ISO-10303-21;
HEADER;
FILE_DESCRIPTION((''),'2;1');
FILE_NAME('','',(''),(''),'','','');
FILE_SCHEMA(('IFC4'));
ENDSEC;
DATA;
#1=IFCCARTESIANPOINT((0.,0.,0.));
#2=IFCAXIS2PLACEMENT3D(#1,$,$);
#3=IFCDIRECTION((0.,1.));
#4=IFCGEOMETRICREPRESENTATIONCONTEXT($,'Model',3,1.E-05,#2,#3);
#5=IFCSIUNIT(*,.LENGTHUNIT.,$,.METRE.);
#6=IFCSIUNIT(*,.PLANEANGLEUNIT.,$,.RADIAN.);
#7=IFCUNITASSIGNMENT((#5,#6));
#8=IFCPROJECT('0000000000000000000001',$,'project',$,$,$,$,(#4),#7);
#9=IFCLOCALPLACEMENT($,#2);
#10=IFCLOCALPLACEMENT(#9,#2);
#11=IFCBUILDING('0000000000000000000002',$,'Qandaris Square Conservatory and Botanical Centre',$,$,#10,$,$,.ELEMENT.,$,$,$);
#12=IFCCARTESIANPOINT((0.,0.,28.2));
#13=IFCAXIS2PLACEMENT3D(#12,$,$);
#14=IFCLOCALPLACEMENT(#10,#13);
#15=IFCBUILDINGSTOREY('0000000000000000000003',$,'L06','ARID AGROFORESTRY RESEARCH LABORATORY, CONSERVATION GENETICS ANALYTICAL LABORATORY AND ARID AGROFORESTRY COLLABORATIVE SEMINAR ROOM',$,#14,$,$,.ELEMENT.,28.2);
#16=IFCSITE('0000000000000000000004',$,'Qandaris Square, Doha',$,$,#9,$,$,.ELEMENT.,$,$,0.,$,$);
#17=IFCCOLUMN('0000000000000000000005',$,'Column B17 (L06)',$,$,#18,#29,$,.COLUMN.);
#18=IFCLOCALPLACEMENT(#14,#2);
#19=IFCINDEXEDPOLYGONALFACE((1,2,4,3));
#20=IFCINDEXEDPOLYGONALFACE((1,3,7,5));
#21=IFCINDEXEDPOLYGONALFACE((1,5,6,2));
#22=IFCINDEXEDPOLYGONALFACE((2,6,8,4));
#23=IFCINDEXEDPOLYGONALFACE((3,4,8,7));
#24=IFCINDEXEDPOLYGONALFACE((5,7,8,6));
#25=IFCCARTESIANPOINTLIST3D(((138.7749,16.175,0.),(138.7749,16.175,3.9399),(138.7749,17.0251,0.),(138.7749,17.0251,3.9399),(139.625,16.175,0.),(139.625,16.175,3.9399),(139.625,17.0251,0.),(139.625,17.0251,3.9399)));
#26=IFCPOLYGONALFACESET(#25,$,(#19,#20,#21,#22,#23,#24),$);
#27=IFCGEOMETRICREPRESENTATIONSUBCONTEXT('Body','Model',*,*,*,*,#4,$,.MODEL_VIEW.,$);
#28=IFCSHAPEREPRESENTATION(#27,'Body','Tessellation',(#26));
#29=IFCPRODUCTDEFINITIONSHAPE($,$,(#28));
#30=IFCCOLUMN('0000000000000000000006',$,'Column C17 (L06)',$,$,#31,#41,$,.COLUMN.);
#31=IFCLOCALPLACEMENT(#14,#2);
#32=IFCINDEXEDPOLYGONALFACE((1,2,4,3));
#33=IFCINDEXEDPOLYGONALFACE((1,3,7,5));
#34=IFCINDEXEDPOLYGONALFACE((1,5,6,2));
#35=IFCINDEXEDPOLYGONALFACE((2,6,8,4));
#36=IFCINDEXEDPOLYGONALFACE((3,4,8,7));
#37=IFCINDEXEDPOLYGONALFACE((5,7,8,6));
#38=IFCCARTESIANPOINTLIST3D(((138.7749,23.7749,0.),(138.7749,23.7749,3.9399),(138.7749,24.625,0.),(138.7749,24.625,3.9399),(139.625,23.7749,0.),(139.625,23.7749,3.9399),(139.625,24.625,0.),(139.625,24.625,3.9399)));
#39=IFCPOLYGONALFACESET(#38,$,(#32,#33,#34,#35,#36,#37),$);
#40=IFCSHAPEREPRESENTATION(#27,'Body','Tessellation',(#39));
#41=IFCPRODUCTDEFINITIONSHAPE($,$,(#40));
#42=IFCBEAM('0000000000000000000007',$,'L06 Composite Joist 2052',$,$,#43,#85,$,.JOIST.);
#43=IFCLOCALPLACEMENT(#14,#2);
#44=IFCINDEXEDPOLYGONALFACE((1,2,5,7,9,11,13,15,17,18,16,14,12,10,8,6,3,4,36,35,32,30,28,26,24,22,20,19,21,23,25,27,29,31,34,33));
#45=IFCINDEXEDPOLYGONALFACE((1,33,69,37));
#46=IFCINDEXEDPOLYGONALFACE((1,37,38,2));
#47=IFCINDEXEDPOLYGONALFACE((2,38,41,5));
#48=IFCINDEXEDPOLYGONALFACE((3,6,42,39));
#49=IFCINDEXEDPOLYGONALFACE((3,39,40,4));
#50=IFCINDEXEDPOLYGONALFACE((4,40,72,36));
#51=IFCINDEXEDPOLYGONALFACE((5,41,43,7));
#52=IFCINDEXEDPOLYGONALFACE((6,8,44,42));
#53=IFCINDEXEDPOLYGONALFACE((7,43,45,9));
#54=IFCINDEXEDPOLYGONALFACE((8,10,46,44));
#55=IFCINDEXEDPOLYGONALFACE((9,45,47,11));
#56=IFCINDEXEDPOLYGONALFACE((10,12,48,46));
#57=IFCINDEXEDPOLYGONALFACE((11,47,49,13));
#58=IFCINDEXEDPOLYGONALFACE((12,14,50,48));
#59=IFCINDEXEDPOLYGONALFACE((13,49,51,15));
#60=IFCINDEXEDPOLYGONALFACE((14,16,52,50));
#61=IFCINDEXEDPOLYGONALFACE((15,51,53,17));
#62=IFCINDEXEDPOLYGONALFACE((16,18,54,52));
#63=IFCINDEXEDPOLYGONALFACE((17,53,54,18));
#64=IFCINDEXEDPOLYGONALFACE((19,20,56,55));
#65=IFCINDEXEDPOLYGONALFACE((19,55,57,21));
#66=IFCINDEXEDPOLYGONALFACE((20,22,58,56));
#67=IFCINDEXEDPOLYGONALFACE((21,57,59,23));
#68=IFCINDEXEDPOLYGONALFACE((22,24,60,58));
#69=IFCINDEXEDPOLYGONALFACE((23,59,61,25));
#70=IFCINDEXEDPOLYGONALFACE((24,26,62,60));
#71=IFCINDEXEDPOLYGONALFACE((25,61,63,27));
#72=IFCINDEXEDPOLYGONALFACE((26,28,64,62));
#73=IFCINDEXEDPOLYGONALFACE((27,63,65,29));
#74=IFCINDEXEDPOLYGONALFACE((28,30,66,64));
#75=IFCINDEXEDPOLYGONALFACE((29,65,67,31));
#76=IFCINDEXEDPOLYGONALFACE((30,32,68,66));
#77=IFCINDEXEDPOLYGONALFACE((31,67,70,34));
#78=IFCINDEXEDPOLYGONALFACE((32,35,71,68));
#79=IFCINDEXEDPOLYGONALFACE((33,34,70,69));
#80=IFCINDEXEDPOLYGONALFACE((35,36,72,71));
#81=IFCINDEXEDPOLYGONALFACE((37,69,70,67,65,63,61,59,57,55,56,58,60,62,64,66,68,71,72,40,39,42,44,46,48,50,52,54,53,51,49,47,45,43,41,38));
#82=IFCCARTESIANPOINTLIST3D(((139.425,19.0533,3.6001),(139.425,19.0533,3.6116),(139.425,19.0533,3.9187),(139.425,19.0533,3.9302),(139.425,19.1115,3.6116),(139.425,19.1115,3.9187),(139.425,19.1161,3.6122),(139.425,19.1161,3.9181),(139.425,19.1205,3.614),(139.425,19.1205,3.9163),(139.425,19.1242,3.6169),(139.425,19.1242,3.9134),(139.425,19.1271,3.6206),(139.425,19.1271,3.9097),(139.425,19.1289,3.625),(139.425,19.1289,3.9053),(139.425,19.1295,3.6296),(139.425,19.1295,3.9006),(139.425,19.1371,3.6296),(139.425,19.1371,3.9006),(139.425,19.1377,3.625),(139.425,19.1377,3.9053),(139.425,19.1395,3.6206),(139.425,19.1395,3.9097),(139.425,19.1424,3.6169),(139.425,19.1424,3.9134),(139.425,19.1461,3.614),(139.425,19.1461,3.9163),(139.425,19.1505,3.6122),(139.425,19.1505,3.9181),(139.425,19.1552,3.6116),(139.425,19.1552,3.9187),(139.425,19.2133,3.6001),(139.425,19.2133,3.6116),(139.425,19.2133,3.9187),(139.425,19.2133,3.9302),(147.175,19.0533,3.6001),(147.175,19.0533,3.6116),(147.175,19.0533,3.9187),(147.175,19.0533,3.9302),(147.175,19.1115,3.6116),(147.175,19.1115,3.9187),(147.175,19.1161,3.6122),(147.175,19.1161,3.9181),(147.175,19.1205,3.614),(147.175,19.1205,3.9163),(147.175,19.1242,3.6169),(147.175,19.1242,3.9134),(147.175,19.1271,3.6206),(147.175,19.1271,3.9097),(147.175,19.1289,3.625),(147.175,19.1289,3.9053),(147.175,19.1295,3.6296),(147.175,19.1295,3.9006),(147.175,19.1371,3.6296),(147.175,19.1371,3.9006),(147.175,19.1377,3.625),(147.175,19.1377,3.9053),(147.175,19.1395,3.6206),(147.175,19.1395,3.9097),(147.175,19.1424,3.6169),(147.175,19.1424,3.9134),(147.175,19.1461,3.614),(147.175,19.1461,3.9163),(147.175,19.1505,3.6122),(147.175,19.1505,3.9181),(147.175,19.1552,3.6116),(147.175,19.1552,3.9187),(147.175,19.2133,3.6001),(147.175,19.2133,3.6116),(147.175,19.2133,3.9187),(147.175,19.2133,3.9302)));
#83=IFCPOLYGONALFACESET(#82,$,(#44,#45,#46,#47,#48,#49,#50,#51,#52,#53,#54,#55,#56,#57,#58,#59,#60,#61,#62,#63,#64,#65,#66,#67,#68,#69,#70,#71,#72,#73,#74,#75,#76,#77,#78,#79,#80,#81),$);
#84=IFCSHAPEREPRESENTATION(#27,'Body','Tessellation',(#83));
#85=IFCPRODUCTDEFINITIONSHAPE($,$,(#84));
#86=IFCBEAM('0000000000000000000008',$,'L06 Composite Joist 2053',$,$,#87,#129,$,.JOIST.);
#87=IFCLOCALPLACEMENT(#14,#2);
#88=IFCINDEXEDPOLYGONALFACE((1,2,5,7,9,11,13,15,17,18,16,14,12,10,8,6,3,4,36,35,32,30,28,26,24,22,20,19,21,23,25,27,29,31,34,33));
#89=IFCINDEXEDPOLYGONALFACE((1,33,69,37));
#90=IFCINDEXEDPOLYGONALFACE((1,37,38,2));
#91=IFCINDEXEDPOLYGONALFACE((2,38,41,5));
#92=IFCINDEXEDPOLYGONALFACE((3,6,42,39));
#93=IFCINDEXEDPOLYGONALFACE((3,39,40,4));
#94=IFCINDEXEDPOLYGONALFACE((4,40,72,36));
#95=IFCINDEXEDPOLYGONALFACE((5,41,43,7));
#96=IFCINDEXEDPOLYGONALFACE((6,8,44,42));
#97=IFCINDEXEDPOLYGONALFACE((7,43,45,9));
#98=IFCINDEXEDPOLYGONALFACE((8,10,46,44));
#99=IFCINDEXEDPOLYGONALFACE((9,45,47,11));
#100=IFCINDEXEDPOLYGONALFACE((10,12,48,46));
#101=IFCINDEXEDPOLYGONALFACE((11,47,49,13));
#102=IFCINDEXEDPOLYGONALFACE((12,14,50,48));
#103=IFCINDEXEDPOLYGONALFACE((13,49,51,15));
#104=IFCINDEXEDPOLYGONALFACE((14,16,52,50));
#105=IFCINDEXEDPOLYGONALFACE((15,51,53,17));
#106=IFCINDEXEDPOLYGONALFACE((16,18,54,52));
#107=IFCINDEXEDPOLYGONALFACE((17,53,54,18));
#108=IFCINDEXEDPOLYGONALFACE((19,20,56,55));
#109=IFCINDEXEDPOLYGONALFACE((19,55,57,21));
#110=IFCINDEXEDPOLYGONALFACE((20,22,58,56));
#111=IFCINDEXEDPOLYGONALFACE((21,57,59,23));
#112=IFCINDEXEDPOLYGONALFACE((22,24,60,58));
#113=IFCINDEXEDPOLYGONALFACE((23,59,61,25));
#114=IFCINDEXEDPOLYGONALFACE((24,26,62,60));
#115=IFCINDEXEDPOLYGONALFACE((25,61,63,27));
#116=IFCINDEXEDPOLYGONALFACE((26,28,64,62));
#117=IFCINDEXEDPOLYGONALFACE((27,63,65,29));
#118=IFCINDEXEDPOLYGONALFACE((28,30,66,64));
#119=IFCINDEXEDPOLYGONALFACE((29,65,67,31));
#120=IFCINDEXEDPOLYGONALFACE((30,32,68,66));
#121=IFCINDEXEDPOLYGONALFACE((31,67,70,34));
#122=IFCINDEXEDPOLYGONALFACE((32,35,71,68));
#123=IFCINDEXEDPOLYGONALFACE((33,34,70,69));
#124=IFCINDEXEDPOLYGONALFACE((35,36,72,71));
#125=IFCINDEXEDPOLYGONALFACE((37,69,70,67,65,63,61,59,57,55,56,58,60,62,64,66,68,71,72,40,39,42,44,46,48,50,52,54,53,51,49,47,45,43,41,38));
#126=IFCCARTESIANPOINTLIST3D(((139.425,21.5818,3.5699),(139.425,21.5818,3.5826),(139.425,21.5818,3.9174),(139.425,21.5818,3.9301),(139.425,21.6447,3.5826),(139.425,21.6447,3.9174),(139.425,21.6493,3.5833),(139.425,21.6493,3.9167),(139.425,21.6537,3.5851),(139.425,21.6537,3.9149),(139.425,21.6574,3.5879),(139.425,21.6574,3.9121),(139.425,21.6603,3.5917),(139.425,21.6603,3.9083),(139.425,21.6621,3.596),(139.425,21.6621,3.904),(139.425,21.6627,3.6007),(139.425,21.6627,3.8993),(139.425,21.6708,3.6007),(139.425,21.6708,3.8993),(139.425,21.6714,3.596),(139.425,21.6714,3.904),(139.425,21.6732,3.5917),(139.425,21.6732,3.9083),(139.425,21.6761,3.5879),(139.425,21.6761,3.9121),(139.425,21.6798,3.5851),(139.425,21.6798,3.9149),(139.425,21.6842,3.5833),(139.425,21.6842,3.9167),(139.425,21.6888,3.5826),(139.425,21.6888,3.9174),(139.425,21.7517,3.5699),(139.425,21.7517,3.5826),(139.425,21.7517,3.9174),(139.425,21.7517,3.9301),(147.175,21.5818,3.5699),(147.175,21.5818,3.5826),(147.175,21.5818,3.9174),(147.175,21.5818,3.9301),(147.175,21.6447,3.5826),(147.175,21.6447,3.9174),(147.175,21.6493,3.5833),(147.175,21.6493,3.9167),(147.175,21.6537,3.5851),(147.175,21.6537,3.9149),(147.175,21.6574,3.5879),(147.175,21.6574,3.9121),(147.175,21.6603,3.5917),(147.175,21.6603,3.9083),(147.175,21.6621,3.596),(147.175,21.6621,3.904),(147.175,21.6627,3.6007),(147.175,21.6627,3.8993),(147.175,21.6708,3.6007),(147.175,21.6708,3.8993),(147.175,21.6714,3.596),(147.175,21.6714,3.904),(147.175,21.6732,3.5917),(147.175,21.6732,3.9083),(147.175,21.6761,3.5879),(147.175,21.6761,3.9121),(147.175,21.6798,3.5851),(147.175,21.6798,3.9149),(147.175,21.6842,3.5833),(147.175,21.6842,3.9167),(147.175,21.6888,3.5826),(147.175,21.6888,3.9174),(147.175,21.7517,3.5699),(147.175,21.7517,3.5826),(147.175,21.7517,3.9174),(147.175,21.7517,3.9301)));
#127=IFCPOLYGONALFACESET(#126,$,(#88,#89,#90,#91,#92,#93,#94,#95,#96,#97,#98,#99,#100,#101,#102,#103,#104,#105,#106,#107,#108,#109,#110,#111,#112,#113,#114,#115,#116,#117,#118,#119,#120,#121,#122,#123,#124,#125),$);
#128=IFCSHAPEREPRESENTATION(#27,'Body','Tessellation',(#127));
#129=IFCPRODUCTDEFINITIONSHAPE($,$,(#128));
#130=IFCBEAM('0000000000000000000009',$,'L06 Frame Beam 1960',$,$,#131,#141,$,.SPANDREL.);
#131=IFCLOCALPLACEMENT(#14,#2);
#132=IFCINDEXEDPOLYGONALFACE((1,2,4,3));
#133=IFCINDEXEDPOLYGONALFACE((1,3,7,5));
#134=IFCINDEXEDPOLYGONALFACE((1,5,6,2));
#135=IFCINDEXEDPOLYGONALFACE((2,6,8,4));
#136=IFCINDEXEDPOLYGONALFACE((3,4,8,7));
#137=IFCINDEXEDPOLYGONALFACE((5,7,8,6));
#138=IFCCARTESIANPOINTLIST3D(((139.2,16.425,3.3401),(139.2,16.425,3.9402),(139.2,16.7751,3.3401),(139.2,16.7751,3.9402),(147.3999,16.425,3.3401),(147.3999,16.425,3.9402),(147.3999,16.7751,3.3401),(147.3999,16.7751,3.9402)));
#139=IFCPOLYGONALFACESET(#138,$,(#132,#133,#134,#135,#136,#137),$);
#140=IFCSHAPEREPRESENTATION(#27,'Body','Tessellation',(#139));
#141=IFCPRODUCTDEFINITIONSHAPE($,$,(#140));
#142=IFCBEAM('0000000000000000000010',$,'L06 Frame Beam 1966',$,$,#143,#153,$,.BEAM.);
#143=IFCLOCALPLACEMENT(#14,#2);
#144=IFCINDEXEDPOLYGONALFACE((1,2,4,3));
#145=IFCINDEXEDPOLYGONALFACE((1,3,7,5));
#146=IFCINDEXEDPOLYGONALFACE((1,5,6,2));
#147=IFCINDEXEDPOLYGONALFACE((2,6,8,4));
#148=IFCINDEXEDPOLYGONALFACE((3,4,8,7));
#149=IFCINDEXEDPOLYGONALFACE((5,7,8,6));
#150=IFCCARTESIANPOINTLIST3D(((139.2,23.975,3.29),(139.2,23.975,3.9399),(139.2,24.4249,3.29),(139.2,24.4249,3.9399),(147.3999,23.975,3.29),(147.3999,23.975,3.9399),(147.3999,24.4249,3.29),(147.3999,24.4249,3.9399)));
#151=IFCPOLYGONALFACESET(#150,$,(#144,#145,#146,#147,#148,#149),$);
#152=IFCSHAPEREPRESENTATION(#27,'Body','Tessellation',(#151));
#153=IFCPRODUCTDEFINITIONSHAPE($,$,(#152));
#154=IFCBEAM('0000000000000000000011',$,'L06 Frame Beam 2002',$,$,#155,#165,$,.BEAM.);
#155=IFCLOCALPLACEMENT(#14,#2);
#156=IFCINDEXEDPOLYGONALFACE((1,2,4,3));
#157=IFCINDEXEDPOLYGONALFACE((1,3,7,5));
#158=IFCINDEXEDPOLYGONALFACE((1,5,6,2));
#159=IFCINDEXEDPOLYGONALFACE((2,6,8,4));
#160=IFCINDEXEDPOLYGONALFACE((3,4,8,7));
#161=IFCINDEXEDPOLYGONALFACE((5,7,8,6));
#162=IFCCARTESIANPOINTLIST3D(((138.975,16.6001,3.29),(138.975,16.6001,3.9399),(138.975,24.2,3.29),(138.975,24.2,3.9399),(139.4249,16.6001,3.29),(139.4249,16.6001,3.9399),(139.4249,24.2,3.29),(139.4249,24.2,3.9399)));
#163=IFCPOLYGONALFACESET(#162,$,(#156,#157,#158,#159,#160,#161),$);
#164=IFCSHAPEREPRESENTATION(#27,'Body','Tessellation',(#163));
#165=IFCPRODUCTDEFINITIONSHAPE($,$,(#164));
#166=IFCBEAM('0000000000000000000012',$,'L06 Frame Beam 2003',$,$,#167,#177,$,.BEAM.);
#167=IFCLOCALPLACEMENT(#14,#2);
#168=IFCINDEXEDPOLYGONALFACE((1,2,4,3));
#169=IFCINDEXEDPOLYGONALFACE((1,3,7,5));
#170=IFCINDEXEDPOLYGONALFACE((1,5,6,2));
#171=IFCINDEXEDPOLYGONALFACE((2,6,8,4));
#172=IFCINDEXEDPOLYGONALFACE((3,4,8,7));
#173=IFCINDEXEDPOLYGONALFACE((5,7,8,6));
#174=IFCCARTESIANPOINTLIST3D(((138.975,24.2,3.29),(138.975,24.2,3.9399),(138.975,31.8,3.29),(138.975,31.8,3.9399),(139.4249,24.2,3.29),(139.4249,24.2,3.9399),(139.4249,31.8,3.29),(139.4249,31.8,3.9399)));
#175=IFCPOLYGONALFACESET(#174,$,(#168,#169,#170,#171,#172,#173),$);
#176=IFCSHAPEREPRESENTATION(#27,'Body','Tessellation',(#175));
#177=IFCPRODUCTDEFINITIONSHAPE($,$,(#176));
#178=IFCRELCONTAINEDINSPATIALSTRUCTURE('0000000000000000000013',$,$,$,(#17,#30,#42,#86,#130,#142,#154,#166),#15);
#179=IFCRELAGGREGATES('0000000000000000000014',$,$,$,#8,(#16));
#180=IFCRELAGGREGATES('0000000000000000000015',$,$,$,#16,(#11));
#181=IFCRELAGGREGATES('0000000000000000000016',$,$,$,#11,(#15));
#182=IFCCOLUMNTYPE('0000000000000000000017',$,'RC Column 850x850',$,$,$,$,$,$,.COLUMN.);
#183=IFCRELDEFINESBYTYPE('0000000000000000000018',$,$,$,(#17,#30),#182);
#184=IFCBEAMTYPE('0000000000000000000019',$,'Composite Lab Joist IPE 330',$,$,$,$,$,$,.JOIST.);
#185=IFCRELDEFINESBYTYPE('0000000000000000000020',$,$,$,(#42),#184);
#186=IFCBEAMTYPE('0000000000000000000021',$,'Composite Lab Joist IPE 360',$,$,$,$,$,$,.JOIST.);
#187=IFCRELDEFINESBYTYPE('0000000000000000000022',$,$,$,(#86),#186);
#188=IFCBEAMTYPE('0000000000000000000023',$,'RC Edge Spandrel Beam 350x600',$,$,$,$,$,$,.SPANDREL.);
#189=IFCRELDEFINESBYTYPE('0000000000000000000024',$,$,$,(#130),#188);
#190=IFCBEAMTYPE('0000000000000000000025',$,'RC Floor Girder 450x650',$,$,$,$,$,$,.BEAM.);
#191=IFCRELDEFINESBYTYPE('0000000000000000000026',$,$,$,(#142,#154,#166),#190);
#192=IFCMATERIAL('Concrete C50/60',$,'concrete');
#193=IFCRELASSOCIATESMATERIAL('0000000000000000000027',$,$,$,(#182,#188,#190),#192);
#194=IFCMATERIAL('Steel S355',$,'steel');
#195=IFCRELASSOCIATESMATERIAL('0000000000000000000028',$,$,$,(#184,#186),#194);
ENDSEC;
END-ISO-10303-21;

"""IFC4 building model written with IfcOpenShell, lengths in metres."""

from ifc_helpers import new_model, si_unit, direction, frame, origin, origin_2d, place, context, subcontext, project, spatial, rectangle, i_section, extrude, material, material_profile, profile_set, type_object, element, save


model = new_model("IFC4")

# Units and contexts
model_context = context("Model", 3, precision=1e-05, world=origin(), true_north=direction((0.0, 1.0)))
body_context = subcontext(model_context, "Body", "Model", "MODEL_VIEW")
ifc_project = project(units=[si_unit("LENGTHUNIT", "METRE"), si_unit("PLANEANGLEUNIT", "RADIAN")], contexts=[model_context])

# Site, building, storey
site_placement = place(None, origin())
site = spatial("IfcSite", under=ifc_project, at=site_placement, Name="Qandaris Square, Doha", CompositionType="ELEMENT", RefElevation=0.0)
building_placement = place(site_placement, origin())
building = spatial("IfcBuilding", under=site, at=building_placement, Name="Qandaris Square Conservatory and Botanical Centre", CompositionType="ELEMENT")
storey_placement = place(building_placement, frame((0.0, 0.0, 28.2)))
storey = spatial("IfcBuildingStorey", under=building, at=storey_placement, Name="L06", Description="ARID AGROFORESTRY RESEARCH LABORATORY, CONSERVATION GENETICS ANALYTICAL LABORATORY AND ARID AGROFORESTRY COLLABORATIVE SEMINAR ROOM", CompositionType="ELEMENT", Elevation=28.2)

# Columns
ifc_material_1 = material(Name="Concrete C50/60", Category="concrete")
ifc_material_profile_1 = material_profile(ifc_material_1, rectangle(XDim=0.8501, YDim=0.8501, at=origin_2d()), Name="RC-COL 850x850")
ifc_profile_set_1 = profile_set([ifc_material_profile_1], Name="Concrete C50/60")
column_type = type_object("IfcColumnType", Name="RC Column 850x850", PredefinedType="COLUMN", material=ifc_profile_set_1)
for number, where, z_axis, x_axis, name in (
    (1, (139.2, 16.6001, 0.0), (0.0, 0.0, 1.0), (1.0, 0.0, 0.0), "Column B17 (L06)"),
    (2, (139.2, 24.2, 0.0), (0.0, 0.0, 1.0), (1.0, 0.0, 0.0), "Column C17 (L06)"),
):
    element("IfcColumn", number, at=place(storey_placement, frame(where, z_axis=z_axis, x_axis=x_axis)), inside=storey, type_object=column_type, Name=name, PredefinedType="COLUMN", context=body_context, shape_type="SweptSolid", body=[
        extrude(rectangle(XDim=0.8501, YDim=0.8501, at=origin_2d()), origin(), (0.0, 0.0, 1.0), 3.9399),
    ])

# Beams
ifc_material_2 = material(Name="Steel S355", Category="steel")
ifc_material_profile_2 = material_profile(ifc_material_2, i_section(OverallWidth=0.1599, OverallDepth=0.3301, WebThickness=0.0076, FlangeThickness=0.0115, FilletRadius=0.0181, at=origin_2d()), Name="IPE 330")
ifc_profile_set_2 = profile_set([ifc_material_profile_2], Name="Steel S355")
beam_type_1 = type_object("IfcBeamType", Name="Composite Lab Joist IPE 330", PredefinedType="JOIST", material=ifc_profile_set_2)
beam_1_placement = place(storey_placement, frame((139.425, 19.1333, 3.7651), z_axis=(1.0, 0.0, 0.0), x_axis=(0.0, 1.0, 0.0)))
element("IfcBeam", 3, at=beam_1_placement, inside=storey, type_object=beam_type_1, Name="L06 Composite Joist 2052", PredefinedType="JOIST", context=body_context, shape_type="SweptSolid", body=[
    extrude(i_section(OverallWidth=0.1599, OverallDepth=0.3301, WebThickness=0.0076, FlangeThickness=0.0115, FilletRadius=0.0181, at=origin_2d()), origin(), (0.0, 0.0, 1.0), 7.75),
])
ifc_material_profile_3 = material_profile(ifc_material_2, i_section(OverallWidth=0.1699, OverallDepth=0.3601, WebThickness=0.0081, FlangeThickness=0.0127, FilletRadius=0.0181, at=origin_2d()), Name="IPE 360")
ifc_profile_set_3 = profile_set([ifc_material_profile_3], Name="Steel S355")
beam_type_2 = type_object("IfcBeamType", Name="Composite Lab Joist IPE 360", PredefinedType="JOIST", material=ifc_profile_set_3)
beam_2_placement = place(storey_placement, frame((139.425, 21.6667, 3.75), z_axis=(1.0, 0.0, 0.0), x_axis=(0.0, 1.0, 0.0)))
element("IfcBeam", 4, at=beam_2_placement, inside=storey, type_object=beam_type_2, Name="L06 Composite Joist 2053", PredefinedType="JOIST", context=body_context, shape_type="SweptSolid", body=[
    extrude(i_section(OverallWidth=0.1699, OverallDepth=0.3601, WebThickness=0.0081, FlangeThickness=0.0127, FilletRadius=0.0181, at=origin_2d()), origin(), (0.0, 0.0, 1.0), 7.75),
])
ifc_material_profile_4 = material_profile(ifc_material_1, rectangle(XDim=0.3501, YDim=0.6001, at=origin_2d()), Name="RC-SP 350x600")
ifc_profile_set_4 = profile_set([ifc_material_profile_4], Name="Concrete C50/60")
beam_type_3 = type_object("IfcBeamType", Name="RC Edge Spandrel Beam 350x600", PredefinedType="SPANDREL", material=ifc_profile_set_4)
beam_3_placement = place(storey_placement, frame((139.2, 16.6001, 3.6401), z_axis=(1.0, 0.0, 0.0), x_axis=(0.0, 1.0, 0.0)))
element("IfcBeam", 5, at=beam_3_placement, inside=storey, type_object=beam_type_3, Name="L06 Frame Beam 1960", PredefinedType="SPANDREL", context=body_context, shape_type="SweptSolid", body=[
    extrude(rectangle(XDim=0.3501, YDim=0.6001, at=origin_2d()), origin(), (0.0, 0.0, 1.0), 8.2),
])
ifc_material_profile_5 = material_profile(ifc_material_1, rectangle(XDim=0.45, YDim=0.6499, at=origin_2d()), Name="RC-BM 450x650")
ifc_profile_set_5 = profile_set([ifc_material_profile_5], Name="Concrete C50/60")
beam_type_4 = type_object("IfcBeamType", Name="RC Floor Girder 450x650", PredefinedType="BEAM", material=ifc_profile_set_5)
beam_4_placement = place(storey_placement, frame((139.2, 24.2, 3.615), z_axis=(1.0, 0.0, 0.0), x_axis=(0.0, 1.0, 0.0)))
element("IfcBeam", 6, at=beam_4_placement, inside=storey, type_object=beam_type_4, Name="L06 Frame Beam 1966", PredefinedType="BEAM", context=body_context, shape_type="SweptSolid", body=[
    extrude(rectangle(XDim=0.45, YDim=0.6499, at=origin_2d()), origin(), (0.0, 0.0, 1.0), 8.2),
])
beam_5_placement = place(storey_placement, frame((139.2, 16.6001, 3.615), z_axis=(0.0, 1.0, 0.0), x_axis=(-1.0, 0.0, 0.0)))
element("IfcBeam", 7, at=beam_5_placement, inside=storey, type_object=beam_type_4, Name="L06 Frame Beam 2002", PredefinedType="BEAM", context=body_context, shape_type="SweptSolid", body=[
    extrude(rectangle(XDim=0.45, YDim=0.6499, at=origin_2d()), origin(), (0.0, 0.0, 1.0), 7.5999),
])
beam_6_placement = place(storey_placement, frame((139.2, 24.2, 3.615), z_axis=(0.0, 1.0, 0.0), x_axis=(-1.0, 0.0, 0.0)))
element("IfcBeam", 8, at=beam_6_placement, inside=storey, type_object=beam_type_4, Name="L06 Frame Beam 2003", PredefinedType="BEAM", context=body_context, shape_type="SweptSolid", body=[
    extrude(rectangle(XDim=0.45, YDim=0.6499, at=origin_2d()), origin(), (0.0, 0.0, 1.0), 7.6001),
])

save(model, "model.ifc")
